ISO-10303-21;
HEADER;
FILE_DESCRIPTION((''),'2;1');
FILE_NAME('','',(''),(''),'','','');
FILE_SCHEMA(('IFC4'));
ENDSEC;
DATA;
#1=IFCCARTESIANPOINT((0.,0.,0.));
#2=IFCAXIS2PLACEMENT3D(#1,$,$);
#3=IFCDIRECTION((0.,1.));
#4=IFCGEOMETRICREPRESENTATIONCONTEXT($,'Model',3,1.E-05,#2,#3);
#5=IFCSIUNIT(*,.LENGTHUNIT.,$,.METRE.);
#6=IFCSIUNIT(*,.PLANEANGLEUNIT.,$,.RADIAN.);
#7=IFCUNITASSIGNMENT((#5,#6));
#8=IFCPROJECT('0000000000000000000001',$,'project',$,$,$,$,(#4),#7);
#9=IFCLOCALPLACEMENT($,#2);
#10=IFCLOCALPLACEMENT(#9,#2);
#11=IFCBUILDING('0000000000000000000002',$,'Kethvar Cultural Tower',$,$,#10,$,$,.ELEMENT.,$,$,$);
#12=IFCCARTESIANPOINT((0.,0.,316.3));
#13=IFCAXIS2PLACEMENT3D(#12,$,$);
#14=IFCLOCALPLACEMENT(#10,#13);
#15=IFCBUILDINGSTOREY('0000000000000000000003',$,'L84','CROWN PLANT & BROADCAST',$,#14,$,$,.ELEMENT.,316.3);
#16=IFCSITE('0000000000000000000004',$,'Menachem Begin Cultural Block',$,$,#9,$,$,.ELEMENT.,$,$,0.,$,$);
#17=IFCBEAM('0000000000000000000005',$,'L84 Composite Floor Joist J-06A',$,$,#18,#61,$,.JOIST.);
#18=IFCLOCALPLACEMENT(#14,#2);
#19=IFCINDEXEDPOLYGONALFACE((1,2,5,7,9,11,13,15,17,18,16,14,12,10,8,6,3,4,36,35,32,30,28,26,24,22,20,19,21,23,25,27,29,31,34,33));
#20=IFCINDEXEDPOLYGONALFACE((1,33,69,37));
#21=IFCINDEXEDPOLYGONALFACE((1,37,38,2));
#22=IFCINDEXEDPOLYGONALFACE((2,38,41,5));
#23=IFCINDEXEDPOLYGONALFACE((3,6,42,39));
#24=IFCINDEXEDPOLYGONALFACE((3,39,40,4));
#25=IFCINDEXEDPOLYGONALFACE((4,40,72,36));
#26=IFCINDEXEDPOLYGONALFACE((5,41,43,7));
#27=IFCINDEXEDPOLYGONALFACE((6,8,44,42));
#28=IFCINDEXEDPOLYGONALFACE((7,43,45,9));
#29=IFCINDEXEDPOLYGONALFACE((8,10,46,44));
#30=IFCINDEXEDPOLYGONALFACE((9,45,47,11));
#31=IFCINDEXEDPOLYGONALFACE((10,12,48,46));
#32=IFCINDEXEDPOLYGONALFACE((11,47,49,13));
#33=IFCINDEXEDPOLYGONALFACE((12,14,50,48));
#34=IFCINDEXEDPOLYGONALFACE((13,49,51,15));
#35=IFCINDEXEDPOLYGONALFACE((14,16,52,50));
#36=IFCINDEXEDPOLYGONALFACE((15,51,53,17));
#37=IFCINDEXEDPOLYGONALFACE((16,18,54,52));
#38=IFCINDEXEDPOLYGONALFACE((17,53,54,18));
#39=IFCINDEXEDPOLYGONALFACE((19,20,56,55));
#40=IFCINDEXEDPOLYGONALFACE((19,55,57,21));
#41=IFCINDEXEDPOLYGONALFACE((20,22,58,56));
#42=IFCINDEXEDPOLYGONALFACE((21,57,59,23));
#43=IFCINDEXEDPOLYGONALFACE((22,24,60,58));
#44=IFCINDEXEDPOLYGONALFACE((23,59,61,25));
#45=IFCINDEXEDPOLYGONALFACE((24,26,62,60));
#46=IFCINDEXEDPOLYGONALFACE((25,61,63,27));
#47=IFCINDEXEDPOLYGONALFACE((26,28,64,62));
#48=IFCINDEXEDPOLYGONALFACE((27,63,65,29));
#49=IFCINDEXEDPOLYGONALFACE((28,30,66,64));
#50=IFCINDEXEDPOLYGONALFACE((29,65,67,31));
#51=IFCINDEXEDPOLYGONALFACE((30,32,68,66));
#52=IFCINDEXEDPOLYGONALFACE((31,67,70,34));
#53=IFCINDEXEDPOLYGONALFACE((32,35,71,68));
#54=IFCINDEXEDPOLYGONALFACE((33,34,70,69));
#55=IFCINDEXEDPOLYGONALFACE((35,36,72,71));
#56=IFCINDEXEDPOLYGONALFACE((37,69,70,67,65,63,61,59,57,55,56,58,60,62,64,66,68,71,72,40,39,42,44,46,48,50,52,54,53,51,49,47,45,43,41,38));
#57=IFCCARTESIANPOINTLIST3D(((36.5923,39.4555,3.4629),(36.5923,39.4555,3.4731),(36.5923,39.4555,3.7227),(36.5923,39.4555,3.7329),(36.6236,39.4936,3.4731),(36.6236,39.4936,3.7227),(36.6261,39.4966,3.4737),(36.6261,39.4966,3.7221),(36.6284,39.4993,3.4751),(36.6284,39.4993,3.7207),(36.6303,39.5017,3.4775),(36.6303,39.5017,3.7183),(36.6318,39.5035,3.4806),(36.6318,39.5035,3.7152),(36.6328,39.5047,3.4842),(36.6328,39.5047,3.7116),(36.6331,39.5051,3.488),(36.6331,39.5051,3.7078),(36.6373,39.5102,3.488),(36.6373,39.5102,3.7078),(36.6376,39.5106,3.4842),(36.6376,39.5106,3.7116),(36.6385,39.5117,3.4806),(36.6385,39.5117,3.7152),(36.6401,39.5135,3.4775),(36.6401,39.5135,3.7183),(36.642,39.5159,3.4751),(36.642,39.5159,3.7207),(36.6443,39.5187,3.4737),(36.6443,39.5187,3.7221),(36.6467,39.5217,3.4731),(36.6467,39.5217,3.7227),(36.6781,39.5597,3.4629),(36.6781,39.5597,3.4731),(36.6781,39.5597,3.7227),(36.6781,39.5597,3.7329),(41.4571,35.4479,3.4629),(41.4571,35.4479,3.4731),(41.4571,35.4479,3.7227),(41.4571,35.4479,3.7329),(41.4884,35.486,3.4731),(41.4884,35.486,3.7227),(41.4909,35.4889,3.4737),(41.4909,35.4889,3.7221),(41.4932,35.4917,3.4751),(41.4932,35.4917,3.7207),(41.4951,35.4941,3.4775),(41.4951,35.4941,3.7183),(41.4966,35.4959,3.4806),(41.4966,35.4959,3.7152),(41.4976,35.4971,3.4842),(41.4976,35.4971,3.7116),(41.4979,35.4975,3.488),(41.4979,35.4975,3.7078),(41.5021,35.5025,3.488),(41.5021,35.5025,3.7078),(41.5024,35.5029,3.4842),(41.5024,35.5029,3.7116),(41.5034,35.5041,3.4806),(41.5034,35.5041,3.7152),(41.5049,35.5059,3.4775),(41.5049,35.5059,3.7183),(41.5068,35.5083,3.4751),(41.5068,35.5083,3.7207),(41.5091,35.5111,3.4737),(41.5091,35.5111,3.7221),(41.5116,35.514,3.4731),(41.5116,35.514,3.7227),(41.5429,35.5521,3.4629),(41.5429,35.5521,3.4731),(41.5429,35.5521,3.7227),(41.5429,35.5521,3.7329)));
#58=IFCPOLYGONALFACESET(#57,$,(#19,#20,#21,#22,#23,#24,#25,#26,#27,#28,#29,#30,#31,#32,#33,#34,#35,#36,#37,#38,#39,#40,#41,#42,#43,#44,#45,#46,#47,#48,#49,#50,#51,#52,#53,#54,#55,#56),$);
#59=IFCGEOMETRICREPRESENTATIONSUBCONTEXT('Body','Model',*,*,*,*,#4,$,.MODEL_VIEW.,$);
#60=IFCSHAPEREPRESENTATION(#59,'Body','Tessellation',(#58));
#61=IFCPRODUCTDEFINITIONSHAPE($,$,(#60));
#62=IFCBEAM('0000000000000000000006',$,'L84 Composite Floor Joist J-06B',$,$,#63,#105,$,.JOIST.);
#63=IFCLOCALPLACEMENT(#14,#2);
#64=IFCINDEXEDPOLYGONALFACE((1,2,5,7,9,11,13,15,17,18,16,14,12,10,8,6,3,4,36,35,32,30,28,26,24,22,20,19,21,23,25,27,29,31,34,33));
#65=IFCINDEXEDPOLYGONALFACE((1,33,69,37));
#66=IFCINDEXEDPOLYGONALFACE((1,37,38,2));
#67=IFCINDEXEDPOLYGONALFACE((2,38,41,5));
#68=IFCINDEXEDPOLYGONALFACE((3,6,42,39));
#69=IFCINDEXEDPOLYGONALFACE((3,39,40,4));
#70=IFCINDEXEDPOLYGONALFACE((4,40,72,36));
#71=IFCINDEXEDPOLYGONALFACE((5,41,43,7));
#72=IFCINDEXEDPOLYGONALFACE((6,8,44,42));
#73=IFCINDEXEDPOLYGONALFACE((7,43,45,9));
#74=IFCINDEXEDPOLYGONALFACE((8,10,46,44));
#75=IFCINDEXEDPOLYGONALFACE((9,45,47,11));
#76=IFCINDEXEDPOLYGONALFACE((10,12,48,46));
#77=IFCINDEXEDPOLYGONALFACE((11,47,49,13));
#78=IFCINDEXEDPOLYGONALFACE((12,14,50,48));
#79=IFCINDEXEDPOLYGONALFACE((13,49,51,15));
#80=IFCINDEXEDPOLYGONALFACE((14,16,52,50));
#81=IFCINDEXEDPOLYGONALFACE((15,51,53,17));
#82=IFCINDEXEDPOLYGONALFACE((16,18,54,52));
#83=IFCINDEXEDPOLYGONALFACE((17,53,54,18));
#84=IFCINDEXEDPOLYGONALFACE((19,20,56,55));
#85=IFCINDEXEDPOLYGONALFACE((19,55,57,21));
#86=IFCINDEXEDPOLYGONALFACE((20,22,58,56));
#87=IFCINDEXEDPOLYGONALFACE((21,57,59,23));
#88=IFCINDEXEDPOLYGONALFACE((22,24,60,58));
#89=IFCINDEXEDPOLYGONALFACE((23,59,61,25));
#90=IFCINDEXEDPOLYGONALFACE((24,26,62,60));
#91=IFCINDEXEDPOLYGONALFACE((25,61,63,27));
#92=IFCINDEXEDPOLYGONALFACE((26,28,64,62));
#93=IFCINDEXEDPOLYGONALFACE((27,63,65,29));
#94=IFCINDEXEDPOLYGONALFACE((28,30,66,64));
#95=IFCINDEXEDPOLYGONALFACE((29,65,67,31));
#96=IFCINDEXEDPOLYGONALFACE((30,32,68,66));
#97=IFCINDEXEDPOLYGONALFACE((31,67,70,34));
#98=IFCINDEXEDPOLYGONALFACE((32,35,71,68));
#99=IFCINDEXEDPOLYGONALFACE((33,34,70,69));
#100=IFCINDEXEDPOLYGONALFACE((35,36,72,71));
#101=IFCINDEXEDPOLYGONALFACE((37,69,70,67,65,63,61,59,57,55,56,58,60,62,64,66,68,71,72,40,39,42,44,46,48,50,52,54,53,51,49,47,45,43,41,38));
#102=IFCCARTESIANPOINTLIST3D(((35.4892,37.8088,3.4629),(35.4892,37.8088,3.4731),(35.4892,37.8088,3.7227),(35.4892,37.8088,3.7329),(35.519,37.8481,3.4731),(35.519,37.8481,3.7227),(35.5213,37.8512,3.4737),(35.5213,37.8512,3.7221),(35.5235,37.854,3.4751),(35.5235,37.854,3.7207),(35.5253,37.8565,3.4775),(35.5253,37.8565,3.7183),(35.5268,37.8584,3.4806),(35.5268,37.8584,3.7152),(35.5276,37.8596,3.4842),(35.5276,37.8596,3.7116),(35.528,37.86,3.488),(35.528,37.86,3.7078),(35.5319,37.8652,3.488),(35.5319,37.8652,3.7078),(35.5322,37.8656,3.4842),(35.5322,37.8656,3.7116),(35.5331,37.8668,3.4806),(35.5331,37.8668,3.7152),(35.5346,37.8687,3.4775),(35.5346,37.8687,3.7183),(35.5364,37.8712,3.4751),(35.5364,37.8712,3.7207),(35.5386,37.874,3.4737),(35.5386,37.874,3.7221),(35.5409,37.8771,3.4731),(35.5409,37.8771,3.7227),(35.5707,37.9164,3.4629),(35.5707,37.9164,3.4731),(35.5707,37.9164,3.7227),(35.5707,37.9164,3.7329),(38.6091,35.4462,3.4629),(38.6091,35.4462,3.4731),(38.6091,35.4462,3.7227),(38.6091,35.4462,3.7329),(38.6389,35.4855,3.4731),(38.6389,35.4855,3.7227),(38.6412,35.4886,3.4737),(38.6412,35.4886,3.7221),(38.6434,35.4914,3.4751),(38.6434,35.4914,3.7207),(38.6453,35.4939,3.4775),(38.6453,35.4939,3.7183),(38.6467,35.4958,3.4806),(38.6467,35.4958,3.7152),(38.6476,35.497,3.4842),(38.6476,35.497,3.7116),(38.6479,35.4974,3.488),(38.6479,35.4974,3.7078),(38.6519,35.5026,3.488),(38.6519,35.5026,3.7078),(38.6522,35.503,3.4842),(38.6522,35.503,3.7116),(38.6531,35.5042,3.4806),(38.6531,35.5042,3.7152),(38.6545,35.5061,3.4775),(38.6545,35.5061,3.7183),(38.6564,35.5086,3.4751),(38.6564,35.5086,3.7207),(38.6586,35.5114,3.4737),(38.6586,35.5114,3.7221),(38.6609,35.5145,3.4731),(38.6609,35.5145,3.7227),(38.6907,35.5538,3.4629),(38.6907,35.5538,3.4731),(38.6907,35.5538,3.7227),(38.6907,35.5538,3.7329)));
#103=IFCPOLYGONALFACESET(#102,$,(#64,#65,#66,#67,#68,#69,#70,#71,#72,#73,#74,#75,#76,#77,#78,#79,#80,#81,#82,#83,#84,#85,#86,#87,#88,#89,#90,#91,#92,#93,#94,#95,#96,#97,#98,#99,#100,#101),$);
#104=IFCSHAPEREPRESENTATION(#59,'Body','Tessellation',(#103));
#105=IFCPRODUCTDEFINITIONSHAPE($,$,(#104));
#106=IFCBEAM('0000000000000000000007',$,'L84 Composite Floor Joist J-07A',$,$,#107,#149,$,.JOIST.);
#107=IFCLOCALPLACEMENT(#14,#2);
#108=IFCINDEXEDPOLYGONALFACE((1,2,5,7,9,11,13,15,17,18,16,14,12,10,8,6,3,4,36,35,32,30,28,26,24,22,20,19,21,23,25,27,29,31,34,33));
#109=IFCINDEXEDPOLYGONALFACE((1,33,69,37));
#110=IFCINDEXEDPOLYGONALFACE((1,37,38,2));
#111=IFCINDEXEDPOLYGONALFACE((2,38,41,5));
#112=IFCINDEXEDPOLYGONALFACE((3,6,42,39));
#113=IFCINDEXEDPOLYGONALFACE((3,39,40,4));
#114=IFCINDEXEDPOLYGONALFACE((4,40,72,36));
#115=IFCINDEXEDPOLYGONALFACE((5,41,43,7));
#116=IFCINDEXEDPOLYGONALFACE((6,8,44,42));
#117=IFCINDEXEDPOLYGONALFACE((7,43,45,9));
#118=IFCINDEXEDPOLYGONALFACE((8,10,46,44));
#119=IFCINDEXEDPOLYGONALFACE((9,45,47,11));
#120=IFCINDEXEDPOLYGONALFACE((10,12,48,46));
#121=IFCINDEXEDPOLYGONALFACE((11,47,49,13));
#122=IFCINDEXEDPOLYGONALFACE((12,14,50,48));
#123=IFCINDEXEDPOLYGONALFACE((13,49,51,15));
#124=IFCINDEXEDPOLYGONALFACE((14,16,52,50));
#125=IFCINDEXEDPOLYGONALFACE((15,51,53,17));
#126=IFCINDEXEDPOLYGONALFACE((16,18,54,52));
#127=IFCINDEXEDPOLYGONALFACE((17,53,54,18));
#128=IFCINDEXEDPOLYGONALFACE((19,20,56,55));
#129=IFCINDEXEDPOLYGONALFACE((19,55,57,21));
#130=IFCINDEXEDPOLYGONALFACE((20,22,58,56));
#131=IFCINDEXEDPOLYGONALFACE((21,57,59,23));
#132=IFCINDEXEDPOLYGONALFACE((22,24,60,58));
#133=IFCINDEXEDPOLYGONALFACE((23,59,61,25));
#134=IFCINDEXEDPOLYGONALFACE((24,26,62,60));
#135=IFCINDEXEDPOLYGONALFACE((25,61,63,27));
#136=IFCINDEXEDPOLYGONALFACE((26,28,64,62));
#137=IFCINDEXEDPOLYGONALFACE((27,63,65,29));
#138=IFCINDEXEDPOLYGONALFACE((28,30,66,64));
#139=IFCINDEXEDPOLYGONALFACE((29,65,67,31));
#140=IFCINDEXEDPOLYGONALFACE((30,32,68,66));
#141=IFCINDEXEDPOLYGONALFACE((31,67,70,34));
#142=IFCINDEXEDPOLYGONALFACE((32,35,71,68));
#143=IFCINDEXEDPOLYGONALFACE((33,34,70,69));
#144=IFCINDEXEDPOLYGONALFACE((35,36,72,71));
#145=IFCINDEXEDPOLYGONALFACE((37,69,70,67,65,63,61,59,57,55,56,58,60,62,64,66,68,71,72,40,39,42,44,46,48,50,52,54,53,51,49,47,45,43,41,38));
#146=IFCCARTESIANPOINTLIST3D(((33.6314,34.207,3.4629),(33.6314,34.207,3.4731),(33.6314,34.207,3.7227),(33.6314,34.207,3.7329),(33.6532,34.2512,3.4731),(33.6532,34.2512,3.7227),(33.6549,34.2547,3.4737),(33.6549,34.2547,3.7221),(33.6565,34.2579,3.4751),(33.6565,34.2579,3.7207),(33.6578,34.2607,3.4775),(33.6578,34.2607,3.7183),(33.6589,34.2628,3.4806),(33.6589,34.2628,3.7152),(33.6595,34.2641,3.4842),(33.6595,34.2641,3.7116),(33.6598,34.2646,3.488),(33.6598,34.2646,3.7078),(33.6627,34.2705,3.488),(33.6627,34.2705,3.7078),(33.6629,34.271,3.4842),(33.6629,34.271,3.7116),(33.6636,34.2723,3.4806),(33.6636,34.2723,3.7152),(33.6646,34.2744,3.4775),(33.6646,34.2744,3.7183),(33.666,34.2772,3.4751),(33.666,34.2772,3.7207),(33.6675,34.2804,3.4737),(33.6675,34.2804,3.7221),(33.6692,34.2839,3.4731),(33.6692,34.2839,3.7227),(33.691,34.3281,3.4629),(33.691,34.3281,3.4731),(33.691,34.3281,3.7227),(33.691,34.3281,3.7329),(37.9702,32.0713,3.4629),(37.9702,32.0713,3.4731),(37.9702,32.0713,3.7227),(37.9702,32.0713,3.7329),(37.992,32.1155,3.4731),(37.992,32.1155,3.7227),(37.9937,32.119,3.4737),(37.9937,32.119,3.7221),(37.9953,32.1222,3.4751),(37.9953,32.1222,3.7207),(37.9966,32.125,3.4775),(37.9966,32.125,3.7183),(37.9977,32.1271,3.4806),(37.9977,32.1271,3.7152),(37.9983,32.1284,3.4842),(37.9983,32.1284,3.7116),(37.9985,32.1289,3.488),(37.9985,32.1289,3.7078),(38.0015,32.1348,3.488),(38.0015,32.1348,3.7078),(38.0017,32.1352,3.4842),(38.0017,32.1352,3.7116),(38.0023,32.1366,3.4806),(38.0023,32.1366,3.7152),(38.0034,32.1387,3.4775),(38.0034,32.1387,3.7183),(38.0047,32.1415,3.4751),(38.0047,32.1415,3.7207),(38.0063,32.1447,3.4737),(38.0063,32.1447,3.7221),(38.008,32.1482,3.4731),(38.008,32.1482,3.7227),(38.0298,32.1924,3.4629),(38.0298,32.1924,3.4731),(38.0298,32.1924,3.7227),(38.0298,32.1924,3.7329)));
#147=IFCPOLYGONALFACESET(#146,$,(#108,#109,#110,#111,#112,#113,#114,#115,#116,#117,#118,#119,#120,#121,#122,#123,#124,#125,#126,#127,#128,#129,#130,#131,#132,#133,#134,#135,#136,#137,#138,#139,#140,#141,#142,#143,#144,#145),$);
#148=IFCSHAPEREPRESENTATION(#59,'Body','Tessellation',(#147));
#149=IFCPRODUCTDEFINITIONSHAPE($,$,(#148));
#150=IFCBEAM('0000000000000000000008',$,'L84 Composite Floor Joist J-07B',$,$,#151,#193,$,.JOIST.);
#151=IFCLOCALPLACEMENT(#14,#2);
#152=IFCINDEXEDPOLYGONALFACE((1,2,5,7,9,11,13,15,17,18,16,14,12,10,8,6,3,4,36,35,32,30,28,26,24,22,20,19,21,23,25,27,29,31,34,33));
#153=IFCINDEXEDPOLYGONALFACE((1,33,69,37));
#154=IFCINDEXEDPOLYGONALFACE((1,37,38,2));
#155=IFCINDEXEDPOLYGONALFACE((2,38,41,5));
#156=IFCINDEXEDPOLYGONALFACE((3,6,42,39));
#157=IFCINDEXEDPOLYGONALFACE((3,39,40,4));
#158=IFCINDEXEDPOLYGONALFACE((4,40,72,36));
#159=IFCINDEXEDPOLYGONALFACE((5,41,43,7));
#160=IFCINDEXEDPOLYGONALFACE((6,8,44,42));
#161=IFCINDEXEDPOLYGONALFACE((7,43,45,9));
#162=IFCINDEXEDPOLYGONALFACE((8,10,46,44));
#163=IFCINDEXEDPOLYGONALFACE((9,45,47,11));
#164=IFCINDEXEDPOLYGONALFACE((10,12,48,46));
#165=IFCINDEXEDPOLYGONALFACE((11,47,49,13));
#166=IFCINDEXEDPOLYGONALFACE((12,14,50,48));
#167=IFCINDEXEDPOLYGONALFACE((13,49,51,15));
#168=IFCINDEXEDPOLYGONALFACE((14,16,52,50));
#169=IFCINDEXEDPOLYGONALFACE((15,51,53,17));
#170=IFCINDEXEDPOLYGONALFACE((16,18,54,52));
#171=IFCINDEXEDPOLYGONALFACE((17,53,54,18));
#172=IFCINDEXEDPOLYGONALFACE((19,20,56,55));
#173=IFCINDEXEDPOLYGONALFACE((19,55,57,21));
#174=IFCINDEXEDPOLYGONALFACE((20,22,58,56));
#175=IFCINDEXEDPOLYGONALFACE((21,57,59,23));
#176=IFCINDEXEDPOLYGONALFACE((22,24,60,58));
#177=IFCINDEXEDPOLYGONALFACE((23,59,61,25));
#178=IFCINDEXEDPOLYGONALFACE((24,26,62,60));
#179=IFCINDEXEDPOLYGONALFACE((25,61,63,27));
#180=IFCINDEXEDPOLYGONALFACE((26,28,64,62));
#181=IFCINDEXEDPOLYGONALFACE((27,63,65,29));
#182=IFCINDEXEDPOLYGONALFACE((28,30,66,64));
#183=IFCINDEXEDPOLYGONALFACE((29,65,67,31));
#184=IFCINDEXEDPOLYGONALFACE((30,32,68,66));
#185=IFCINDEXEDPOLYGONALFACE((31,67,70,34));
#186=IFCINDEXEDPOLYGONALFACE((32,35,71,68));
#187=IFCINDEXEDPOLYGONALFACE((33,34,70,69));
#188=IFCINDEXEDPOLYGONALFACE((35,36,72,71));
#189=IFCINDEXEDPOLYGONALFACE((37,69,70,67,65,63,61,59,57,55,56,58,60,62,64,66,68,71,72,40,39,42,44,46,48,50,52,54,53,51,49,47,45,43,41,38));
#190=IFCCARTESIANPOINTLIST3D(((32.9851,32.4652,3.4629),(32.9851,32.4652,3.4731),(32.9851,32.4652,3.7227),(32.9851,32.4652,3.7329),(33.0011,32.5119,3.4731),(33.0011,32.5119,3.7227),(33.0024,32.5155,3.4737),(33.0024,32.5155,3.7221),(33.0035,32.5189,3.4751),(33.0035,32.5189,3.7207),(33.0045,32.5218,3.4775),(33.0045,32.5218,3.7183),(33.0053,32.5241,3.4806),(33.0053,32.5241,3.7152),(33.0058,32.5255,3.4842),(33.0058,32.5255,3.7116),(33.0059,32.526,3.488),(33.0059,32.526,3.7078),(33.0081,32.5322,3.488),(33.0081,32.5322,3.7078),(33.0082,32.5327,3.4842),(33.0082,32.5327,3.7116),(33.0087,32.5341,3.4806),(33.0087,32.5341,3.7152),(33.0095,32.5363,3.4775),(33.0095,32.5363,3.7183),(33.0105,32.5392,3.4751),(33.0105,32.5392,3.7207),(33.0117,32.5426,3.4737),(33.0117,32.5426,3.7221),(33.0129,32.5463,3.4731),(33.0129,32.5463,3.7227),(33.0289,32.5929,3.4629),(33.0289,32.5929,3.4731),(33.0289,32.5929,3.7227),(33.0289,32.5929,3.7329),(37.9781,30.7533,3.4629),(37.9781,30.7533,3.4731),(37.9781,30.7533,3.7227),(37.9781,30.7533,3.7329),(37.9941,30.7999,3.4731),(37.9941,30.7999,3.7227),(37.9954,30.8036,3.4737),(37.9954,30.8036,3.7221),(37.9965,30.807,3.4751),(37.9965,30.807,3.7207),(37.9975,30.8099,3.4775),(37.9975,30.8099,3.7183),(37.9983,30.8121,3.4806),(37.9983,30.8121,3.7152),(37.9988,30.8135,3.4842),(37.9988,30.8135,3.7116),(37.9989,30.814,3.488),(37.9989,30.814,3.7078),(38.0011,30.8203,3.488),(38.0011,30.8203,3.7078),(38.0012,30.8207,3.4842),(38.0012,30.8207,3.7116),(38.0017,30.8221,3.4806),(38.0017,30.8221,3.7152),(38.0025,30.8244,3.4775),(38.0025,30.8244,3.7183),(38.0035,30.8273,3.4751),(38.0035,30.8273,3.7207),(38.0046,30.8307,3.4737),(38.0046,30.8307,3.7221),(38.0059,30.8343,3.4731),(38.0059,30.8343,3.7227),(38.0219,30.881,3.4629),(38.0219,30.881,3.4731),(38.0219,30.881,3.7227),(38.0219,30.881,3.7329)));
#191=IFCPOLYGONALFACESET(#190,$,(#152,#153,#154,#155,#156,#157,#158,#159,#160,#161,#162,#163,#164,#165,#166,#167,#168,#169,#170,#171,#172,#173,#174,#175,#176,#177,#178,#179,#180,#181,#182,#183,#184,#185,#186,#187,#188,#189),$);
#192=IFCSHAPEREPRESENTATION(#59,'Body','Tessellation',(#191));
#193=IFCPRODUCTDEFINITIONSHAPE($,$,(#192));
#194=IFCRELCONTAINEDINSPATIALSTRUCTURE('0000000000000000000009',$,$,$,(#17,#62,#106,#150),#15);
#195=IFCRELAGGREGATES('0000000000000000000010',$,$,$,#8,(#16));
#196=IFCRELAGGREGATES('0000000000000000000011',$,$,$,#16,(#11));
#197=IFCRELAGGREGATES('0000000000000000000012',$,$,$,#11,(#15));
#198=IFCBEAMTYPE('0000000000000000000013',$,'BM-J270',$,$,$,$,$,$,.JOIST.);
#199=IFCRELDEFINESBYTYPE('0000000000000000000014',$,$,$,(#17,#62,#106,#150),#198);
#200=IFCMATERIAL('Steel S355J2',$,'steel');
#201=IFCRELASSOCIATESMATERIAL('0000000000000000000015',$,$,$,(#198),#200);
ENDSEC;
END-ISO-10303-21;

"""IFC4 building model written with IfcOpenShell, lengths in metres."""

from ifc_helpers import new_model, si_unit, direction, frame, origin, origin_2d, place, context, subcontext, project, spatial, i_section, extrude, source, transform, mapped, material, material_profile, profile_set, type_object, element, save


model = new_model("IFC4")

# Units and contexts
model_context = context("Model", 3, precision=1e-05, world=origin(), true_north=direction((0.0, 1.0)))
body_context = subcontext(model_context, "Body", "Model", "MODEL_VIEW")
ifc_project = project(units=[si_unit("LENGTHUNIT", "METRE"), si_unit("PLANEANGLEUNIT", "RADIAN")], contexts=[model_context])

# Site, building, storey
site_placement = place(None, origin())
site = spatial("IfcSite", under=ifc_project, at=site_placement, Name="Menachem Begin Cultural Block", CompositionType="ELEMENT", RefElevation=0.0)
building_placement = place(site_placement, origin())
building = spatial("IfcBuilding", under=site, at=building_placement, Name="Kethvar Cultural Tower", CompositionType="ELEMENT")
storey_placement = place(building_placement, frame((0.0, 0.0, 316.3)))
storey = spatial("IfcBuildingStorey", under=building, at=storey_placement, Name="L84", Description="CROWN PLANT & BROADCAST", CompositionType="ELEMENT", Elevation=316.3)

# Beams
ifc_material_1 = material(Name="Steel S355J2", Category="steel")
ifc_material_profile_1 = material_profile(ifc_material_1, i_section(OverallWidth=0.135, OverallDepth=0.27, WebThickness=0.0066, FlangeThickness=0.0103, FilletRadius=0.0149, at=origin_2d()), Name="Steel S355J2 — IPE270")
ifc_profile_set_1 = profile_set([ifc_material_profile_1], Name="Steel S355J2 — IPE270")
beam_type_1 = type_object("IfcBeamType", Name="BM-J270", PredefinedType="JOIST", material=ifc_profile_set_1)
shared_shape_1 = source(origin(), body_context, "Body", "SweptSolid", [
    extrude(i_section(OverallWidth=0.135, OverallDepth=0.27, WebThickness=0.0066, FlangeThickness=0.0103, FilletRadius=0.0149, at=origin_2d()), origin(), (0.0, 0.0, 1.0), 6.303),
])
beam_1_placement = place(storey_placement, frame((41.5, 35.5, 3.5979), z_axis=(-0.771828, 0.635831, 0.0), x_axis=(-0.635831, -0.771828, 0.0)))
element("IfcBeam", 1, at=beam_1_placement, inside=storey, type_object=beam_type_1, Name="L84 Composite Floor Joist J-06A", PredefinedType="JOIST", context=body_context, shape_type="MappedRepresentation", body=[
    mapped(shared_shape_1, transform((0.0, 0.0, 0.0), scale=1.0)),
])
shared_shape_2 = source(origin(), body_context, "Body", "SweptSolid", [
    extrude(i_section(OverallWidth=0.135, OverallDepth=0.27, WebThickness=0.0066, FlangeThickness=0.0103, FilletRadius=0.0149, at=origin_2d()), origin(), (0.0, 0.0, 1.0), 3.9136),
])
beam_2_placement = place(storey_placement, frame((38.6499, 35.5, 3.5979), z_axis=(-0.797214, 0.603697, 0.0), x_axis=(-0.603697, -0.797214, 0.0)))
element("IfcBeam", 2, at=beam_2_placement, inside=storey, type_object=beam_type_1, Name="L84 Composite Floor Joist J-06B", PredefinedType="JOIST", context=body_context, shape_type="MappedRepresentation", body=[
    mapped(shared_shape_2, transform((0.0, 0.0, 0.0), scale=1.0)),
])
shared_shape_3 = source(origin(), body_context, "Body", "SweptSolid", [
    extrude(i_section(OverallWidth=0.135, OverallDepth=0.27, WebThickness=0.0066, FlangeThickness=0.0103, FilletRadius=0.0149, at=origin_2d()), origin(), (0.0, 0.0, 1.0), 4.8359),
])
beam_3_placement = place(storey_placement, frame((38.0, 32.1318, 3.5979), z_axis=(-0.897197, 0.441632, 0.0), x_axis=(-0.441632, -0.897197, 0.0)))
element("IfcBeam", 3, at=beam_3_placement, inside=storey, type_object=beam_type_1, Name="L84 Composite Floor Joist J-07A", PredefinedType="JOIST", context=body_context, shape_type="MappedRepresentation", body=[
    mapped(shared_shape_3, transform((0.0, 0.0, 0.0), scale=1.0)),
])
shared_shape_4 = source(origin(), body_context, "Body", "SweptSolid", [
    extrude(i_section(OverallWidth=0.135, OverallDepth=0.27, WebThickness=0.0066, FlangeThickness=0.0103, FilletRadius=0.0149, at=origin_2d()), origin(), (0.0, 0.0, 1.0), 5.2783),
])
beam_4_placement = place(storey_placement, frame((38.0, 30.8171, 3.5979), z_axis=(-0.945943, 0.324334, 0.0), x_axis=(-0.324334, -0.945943, 0.0)))
element("IfcBeam", 4, at=beam_4_placement, inside=storey, type_object=beam_type_1, Name="L84 Composite Floor Joist J-07B", PredefinedType="JOIST", context=body_context, shape_type="MappedRepresentation", body=[
    mapped(shared_shape_4, transform((0.0, 0.0, 0.0), scale=1.0)),
])

save(model, "model.ifc")
